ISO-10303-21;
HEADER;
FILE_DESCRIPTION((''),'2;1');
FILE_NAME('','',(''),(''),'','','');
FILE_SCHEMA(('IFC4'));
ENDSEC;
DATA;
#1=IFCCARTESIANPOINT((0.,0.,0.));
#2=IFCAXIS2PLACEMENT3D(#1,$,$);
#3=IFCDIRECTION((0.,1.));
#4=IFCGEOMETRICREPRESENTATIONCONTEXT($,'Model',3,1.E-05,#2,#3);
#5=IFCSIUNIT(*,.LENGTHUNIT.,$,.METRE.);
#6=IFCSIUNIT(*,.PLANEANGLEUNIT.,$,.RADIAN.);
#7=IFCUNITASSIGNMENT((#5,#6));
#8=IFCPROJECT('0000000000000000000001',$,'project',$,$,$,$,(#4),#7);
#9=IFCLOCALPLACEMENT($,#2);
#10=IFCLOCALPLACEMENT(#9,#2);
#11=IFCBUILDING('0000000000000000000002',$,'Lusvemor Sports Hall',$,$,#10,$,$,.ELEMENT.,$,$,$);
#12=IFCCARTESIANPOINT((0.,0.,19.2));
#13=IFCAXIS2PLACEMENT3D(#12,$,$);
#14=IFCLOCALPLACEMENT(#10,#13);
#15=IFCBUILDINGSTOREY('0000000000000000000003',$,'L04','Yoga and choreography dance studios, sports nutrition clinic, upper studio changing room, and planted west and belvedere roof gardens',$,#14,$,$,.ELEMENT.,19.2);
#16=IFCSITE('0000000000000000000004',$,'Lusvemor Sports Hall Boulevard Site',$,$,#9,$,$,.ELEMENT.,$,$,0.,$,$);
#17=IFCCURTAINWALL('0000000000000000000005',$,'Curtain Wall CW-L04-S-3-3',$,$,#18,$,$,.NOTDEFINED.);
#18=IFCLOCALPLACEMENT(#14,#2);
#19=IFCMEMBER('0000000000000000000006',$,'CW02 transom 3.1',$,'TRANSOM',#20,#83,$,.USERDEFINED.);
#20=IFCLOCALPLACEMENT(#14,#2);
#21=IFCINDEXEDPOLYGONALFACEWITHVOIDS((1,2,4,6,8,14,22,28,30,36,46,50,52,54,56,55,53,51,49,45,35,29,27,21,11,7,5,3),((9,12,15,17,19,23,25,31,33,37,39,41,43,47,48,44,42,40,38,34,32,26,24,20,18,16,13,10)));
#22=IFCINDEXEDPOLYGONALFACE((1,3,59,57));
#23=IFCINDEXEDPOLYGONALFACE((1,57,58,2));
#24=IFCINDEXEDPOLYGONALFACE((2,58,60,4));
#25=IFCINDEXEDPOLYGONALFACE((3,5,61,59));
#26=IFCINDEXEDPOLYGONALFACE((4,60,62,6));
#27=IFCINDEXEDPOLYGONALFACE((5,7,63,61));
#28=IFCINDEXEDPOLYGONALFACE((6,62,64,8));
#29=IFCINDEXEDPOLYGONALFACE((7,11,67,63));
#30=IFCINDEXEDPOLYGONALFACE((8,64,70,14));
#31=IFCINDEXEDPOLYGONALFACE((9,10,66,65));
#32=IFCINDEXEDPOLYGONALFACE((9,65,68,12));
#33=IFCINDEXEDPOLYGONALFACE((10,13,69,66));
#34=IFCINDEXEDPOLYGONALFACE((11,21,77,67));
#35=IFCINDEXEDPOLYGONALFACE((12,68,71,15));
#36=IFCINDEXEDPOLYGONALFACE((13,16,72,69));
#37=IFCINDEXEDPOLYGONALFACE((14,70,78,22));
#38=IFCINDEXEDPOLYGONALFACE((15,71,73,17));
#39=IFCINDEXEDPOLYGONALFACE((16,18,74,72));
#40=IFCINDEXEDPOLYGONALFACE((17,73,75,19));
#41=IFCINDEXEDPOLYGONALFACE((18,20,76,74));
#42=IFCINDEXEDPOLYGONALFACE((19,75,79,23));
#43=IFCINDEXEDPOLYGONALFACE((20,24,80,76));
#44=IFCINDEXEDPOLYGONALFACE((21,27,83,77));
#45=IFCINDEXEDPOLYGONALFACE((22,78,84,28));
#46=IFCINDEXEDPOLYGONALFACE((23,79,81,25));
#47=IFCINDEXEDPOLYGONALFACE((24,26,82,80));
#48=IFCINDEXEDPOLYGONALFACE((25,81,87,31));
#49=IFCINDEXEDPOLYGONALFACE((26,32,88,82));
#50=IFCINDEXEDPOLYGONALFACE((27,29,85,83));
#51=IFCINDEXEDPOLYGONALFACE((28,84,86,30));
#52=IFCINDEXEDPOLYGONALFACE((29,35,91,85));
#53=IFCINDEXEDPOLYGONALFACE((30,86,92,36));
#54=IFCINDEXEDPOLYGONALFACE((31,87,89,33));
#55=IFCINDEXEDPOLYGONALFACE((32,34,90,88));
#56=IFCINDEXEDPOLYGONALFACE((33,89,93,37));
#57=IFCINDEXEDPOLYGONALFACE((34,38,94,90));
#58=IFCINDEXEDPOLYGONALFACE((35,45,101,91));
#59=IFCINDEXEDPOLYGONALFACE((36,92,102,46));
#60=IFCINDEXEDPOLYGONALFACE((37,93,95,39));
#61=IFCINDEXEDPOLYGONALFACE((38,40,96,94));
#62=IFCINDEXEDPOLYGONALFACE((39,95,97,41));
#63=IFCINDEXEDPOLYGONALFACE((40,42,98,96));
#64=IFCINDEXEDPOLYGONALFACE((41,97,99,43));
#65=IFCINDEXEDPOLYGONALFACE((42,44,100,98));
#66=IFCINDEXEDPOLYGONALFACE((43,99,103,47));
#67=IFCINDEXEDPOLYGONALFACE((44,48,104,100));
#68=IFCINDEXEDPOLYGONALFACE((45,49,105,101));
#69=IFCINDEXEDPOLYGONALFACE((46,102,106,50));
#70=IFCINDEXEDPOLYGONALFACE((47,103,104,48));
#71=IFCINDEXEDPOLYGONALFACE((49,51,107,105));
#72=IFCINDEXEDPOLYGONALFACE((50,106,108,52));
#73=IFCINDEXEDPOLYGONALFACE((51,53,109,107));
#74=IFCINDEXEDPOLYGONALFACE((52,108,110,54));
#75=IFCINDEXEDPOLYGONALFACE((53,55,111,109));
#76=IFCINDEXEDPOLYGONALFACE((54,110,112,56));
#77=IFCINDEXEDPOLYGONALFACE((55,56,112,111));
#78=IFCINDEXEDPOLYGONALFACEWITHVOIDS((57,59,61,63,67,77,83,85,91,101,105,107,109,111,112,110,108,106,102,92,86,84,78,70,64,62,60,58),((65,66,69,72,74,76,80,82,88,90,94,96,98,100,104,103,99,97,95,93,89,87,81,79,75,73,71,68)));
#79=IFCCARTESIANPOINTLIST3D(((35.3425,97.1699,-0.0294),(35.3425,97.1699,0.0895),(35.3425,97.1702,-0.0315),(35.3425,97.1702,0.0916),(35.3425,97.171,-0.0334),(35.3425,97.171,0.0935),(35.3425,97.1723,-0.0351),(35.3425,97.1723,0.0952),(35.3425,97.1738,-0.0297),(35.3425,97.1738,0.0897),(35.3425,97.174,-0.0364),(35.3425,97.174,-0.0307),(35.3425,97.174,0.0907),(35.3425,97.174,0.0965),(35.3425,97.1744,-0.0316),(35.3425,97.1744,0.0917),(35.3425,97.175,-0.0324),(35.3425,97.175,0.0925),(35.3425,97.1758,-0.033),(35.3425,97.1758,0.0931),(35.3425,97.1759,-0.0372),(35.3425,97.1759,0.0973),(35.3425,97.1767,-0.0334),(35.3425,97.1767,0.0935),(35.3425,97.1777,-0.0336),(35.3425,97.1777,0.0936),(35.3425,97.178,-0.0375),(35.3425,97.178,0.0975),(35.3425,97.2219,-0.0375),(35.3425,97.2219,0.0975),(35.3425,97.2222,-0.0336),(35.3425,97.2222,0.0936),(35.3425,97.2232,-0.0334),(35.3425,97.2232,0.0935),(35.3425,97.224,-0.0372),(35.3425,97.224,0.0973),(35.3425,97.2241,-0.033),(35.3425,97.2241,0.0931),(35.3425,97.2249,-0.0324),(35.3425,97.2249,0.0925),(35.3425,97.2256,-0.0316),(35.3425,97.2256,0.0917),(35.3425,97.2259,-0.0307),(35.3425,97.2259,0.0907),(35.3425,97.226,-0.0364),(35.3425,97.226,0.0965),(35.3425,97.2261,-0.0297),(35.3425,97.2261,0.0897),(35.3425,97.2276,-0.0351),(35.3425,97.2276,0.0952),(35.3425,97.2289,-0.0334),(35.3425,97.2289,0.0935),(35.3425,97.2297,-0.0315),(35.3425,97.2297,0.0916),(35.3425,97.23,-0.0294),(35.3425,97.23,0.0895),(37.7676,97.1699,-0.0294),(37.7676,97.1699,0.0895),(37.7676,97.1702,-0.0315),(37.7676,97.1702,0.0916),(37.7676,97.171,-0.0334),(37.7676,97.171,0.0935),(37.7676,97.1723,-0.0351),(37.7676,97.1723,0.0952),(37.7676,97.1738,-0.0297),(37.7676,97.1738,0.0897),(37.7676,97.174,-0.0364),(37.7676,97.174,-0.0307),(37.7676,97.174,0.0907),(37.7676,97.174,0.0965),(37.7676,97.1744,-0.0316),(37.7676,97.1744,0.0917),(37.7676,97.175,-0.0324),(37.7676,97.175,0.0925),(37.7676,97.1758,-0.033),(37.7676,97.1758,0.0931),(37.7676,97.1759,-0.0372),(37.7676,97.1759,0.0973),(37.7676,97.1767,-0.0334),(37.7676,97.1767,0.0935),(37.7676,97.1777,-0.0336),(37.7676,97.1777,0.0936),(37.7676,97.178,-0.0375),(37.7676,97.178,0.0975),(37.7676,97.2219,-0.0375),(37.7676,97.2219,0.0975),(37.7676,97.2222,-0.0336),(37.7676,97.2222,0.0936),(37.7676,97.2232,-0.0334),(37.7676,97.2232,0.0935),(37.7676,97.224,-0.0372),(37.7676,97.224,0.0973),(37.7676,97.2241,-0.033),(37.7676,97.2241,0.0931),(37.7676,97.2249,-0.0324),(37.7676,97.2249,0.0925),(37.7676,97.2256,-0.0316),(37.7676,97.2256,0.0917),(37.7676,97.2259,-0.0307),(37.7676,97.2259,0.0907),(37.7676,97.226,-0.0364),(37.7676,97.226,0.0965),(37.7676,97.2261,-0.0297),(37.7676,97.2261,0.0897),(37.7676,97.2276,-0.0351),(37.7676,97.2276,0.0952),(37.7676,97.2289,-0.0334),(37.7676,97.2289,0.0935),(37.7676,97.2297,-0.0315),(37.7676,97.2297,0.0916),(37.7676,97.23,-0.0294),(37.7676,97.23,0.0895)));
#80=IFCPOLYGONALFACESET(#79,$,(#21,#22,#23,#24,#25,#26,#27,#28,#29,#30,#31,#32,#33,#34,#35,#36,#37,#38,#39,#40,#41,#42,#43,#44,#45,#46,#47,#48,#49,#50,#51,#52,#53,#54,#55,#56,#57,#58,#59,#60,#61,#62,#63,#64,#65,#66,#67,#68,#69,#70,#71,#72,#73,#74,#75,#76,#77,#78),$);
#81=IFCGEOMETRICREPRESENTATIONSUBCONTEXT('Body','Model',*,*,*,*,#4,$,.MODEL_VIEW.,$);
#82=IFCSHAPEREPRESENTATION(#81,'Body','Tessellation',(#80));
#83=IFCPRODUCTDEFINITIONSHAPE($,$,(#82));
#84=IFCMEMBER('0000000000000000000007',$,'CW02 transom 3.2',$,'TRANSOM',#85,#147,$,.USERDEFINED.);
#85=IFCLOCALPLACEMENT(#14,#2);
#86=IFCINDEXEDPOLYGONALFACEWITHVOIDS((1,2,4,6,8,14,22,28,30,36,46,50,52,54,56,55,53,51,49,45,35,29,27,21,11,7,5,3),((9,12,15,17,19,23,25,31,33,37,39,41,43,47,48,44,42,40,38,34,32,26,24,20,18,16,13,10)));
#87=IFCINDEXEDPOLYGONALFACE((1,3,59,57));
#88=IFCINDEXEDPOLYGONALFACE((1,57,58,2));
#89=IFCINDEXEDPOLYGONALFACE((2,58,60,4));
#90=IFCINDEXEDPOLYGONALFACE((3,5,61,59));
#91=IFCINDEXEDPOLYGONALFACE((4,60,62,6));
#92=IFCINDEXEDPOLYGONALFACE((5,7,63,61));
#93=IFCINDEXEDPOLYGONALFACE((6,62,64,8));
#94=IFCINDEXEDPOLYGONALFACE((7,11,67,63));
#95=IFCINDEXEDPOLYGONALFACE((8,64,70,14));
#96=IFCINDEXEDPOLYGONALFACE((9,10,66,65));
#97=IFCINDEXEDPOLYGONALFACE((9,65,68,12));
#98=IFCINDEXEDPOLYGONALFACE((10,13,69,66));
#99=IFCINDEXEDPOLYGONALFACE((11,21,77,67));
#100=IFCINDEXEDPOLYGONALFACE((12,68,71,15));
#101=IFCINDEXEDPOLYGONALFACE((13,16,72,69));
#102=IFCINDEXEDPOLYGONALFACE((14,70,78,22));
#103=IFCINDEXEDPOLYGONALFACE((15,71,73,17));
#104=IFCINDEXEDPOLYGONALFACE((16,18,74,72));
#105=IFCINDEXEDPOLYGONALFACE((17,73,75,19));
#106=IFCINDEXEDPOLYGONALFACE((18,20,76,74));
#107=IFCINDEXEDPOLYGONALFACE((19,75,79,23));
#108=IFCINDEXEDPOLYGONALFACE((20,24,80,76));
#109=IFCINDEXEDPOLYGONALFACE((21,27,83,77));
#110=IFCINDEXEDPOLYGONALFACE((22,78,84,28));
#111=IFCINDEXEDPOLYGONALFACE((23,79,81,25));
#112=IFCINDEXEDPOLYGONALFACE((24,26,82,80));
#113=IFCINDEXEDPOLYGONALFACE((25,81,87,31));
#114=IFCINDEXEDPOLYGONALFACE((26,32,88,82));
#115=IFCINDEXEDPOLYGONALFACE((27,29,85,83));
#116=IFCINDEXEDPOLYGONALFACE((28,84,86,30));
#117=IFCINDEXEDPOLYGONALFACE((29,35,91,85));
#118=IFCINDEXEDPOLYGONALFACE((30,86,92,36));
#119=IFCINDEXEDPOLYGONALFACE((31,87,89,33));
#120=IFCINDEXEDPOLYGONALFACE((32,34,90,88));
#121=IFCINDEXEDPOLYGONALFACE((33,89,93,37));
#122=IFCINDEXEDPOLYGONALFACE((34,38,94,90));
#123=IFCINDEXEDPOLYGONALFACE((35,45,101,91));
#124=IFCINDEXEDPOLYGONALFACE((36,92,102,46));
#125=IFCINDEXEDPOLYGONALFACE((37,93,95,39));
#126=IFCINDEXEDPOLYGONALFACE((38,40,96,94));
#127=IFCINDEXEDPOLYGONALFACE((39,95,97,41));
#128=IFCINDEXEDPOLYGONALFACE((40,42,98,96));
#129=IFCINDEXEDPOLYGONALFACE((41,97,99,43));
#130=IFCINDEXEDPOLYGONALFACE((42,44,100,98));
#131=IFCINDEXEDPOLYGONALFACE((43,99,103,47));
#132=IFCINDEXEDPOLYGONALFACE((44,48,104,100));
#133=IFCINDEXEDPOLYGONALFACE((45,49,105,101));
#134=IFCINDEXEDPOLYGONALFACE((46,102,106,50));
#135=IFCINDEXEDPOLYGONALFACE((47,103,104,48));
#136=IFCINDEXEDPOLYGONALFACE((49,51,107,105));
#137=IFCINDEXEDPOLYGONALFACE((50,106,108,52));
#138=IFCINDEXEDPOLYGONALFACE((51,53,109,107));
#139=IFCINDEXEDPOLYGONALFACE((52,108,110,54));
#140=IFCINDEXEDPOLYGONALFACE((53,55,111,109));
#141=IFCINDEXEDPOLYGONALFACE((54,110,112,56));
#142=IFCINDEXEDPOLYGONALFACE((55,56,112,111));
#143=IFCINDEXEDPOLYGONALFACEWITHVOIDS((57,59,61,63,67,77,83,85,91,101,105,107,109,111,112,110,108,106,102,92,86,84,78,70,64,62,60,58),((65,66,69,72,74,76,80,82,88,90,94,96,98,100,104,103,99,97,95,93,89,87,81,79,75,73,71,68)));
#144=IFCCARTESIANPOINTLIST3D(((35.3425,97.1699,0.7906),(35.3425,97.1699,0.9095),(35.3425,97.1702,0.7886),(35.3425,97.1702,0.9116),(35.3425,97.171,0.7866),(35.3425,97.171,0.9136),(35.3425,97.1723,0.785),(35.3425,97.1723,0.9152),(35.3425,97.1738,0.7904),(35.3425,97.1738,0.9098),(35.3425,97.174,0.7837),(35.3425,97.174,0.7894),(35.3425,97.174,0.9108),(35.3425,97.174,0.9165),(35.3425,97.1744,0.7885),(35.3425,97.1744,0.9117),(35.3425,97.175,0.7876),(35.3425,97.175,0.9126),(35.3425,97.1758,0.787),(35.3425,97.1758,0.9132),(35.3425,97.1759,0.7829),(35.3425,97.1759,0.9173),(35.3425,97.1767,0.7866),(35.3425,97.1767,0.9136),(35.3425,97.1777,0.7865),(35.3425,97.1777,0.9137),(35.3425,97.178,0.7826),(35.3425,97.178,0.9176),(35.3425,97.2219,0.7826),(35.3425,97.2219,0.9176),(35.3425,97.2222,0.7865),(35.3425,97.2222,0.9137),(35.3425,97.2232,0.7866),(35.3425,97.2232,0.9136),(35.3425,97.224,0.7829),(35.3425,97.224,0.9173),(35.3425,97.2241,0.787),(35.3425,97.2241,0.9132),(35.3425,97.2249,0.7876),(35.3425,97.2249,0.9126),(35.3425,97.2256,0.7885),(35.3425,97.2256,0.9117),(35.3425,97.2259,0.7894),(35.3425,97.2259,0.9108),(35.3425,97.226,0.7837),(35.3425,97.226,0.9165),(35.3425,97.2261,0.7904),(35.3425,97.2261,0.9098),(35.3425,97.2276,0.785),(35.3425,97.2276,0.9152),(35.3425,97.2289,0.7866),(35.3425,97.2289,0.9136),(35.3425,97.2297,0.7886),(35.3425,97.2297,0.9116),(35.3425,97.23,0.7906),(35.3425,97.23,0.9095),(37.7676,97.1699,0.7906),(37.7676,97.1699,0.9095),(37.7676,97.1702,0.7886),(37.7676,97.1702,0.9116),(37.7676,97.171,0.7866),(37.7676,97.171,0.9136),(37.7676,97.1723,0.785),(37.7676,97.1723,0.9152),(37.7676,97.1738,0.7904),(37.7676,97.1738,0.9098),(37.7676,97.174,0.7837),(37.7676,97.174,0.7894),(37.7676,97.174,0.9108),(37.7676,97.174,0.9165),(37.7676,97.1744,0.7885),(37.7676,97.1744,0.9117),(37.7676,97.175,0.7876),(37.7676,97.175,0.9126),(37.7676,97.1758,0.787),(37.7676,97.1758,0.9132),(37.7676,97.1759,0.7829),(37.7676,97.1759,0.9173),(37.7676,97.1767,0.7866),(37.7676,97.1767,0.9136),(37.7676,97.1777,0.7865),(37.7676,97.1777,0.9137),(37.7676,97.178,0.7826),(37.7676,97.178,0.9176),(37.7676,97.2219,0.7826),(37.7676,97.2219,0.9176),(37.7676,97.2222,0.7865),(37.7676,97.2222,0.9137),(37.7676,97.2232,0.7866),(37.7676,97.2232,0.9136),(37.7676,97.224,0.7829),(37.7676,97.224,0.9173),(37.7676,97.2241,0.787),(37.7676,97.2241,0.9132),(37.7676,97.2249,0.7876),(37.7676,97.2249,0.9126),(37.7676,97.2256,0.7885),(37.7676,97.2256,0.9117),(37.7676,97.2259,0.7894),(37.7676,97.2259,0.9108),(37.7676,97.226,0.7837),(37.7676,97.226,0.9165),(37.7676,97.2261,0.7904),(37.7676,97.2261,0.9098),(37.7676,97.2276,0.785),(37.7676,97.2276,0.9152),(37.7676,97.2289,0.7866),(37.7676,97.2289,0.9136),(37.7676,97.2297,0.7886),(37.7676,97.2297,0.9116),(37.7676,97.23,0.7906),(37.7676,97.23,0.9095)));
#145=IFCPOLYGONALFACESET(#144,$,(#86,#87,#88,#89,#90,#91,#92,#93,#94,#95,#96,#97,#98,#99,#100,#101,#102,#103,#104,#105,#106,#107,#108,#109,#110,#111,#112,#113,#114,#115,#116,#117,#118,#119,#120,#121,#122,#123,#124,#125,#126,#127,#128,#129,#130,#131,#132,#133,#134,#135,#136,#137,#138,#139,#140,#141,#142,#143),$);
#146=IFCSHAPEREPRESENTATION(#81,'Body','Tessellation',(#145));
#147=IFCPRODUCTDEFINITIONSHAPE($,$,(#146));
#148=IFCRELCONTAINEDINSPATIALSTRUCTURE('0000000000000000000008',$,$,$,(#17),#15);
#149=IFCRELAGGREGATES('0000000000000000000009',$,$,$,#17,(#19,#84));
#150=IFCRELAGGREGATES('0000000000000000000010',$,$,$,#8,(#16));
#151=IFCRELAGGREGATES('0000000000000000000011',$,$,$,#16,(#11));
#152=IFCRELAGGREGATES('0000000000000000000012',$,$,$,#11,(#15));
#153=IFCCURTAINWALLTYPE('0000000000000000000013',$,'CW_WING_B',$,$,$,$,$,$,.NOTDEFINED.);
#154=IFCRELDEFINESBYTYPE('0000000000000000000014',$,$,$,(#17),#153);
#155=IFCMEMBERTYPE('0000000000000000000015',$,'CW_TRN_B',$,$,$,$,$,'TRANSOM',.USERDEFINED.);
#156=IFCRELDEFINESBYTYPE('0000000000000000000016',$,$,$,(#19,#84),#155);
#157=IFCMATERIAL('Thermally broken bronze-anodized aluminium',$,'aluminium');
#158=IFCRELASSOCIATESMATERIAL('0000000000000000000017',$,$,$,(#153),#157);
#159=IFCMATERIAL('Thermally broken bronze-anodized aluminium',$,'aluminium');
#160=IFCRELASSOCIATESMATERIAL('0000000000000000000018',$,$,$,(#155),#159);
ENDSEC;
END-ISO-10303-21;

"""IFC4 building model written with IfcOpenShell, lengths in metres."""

from ifc_helpers import new_model, si_unit, direction, frame, origin, origin_2d, place, context, subcontext, project, spatial, hollow_rectangle, extrude, material, material_profile, profile_set, type_object, element, aggregate, save


model = new_model("IFC4")

# Units and contexts
model_context = context("Model", 3, precision=1e-05, world=origin(), true_north=direction((0.0, 1.0)))
body_context = subcontext(model_context, "Body", "Model", "MODEL_VIEW")
ifc_project = project(units=[si_unit("LENGTHUNIT", "METRE"), si_unit("PLANEANGLEUNIT", "RADIAN")], contexts=[model_context])

# Site, building, storey
site_placement = place(None, origin())
site = spatial("IfcSite", under=ifc_project, at=site_placement, Name="Lusvemor Sports Hall Boulevard Site", CompositionType="ELEMENT", RefElevation=0.0)
building_placement = place(site_placement, origin())
building = spatial("IfcBuilding", under=site, at=building_placement, Name="Lusvemor Sports Hall", CompositionType="ELEMENT")
storey_placement = place(building_placement, frame((0.0, 0.0, 19.2)))
storey = spatial("IfcBuildingStorey", under=building, at=storey_placement, Name="L04", Description="Yoga and choreography dance studios, sports nutrition clinic, upper studio changing room, and planted west and belvedere roof gardens", CompositionType="ELEMENT", Elevation=19.2)

# Shared definitions
ifc_material_1 = material(Name="Thermally broken bronze-anodized aluminium", Category="aluminium")
curtain_wall_type = type_object("IfcCurtainWallType", Name="CW_WING_B", PredefinedType="NOTDEFINED", material=ifc_material_1)

# Curtain wall, members
curtain_wall_1_placement = place(storey_placement, origin())
curtain_wall_1 = element("IfcCurtainWall", 1, at=curtain_wall_1_placement, inside=storey, type_object=curtain_wall_type, Name="Curtain Wall CW-L04-S-3-3", PredefinedType="NOTDEFINED")
ifc_material_2 = material(Name="Thermally broken bronze-anodized aluminium", Category="aluminium")
ifc_material_profile_1 = material_profile(ifc_material_2, hollow_rectangle(XDim=0.0601, YDim=0.135, WallThickness=0.0039, InnerFilletRadius=0.0039, OuterFilletRadius=0.0081, at=origin_2d()), Name="CWTRN135x60x4")
ifc_profile_set_1 = profile_set([ifc_material_profile_1], Name="Thermally broken bronze-anodized aluminium")
member_type_1 = type_object("IfcMemberType", Name="CW_TRN_B", ElementType="TRANSOM", PredefinedType="USERDEFINED", material=ifc_profile_set_1)
member_1_placement = place(storey_placement, frame((37.7676, 97.2, 0.03), z_axis=(-1.0, 0.0, 0.0), x_axis=(0.0, -1.0, 0.0)))
member_1 = element("IfcMember", 2, at=member_1_placement, type_object=member_type_1, Name="CW02 transom 3.1", ObjectType="TRANSOM", PredefinedType="USERDEFINED", context=body_context, shape_type="SweptSolid", body=[
    extrude(hollow_rectangle(XDim=0.0601, YDim=0.135, WallThickness=0.0039, InnerFilletRadius=0.0039, OuterFilletRadius=0.0081, at=origin_2d()), origin(), (0.0, 0.0, 1.0), 2.425),
])
member_2_placement = place(storey_placement, frame((37.7676, 97.2, 0.8501), z_axis=(-1.0, 0.0, 0.0), x_axis=(0.0, -1.0, 0.0)))
member_2 = element("IfcMember", 3, at=member_2_placement, type_object=member_type_1, Name="CW02 transom 3.2", ObjectType="TRANSOM", PredefinedType="USERDEFINED", context=body_context, shape_type="SweptSolid", body=[
    extrude(hollow_rectangle(XDim=0.0601, YDim=0.135, WallThickness=0.0039, InnerFilletRadius=0.0039, OuterFilletRadius=0.0081, at=origin_2d()), origin(), (0.0, 0.0, 1.0), 2.425),
])

aggregate(curtain_wall_1, [member_1, member_2])

save(model, "model.ifc")
